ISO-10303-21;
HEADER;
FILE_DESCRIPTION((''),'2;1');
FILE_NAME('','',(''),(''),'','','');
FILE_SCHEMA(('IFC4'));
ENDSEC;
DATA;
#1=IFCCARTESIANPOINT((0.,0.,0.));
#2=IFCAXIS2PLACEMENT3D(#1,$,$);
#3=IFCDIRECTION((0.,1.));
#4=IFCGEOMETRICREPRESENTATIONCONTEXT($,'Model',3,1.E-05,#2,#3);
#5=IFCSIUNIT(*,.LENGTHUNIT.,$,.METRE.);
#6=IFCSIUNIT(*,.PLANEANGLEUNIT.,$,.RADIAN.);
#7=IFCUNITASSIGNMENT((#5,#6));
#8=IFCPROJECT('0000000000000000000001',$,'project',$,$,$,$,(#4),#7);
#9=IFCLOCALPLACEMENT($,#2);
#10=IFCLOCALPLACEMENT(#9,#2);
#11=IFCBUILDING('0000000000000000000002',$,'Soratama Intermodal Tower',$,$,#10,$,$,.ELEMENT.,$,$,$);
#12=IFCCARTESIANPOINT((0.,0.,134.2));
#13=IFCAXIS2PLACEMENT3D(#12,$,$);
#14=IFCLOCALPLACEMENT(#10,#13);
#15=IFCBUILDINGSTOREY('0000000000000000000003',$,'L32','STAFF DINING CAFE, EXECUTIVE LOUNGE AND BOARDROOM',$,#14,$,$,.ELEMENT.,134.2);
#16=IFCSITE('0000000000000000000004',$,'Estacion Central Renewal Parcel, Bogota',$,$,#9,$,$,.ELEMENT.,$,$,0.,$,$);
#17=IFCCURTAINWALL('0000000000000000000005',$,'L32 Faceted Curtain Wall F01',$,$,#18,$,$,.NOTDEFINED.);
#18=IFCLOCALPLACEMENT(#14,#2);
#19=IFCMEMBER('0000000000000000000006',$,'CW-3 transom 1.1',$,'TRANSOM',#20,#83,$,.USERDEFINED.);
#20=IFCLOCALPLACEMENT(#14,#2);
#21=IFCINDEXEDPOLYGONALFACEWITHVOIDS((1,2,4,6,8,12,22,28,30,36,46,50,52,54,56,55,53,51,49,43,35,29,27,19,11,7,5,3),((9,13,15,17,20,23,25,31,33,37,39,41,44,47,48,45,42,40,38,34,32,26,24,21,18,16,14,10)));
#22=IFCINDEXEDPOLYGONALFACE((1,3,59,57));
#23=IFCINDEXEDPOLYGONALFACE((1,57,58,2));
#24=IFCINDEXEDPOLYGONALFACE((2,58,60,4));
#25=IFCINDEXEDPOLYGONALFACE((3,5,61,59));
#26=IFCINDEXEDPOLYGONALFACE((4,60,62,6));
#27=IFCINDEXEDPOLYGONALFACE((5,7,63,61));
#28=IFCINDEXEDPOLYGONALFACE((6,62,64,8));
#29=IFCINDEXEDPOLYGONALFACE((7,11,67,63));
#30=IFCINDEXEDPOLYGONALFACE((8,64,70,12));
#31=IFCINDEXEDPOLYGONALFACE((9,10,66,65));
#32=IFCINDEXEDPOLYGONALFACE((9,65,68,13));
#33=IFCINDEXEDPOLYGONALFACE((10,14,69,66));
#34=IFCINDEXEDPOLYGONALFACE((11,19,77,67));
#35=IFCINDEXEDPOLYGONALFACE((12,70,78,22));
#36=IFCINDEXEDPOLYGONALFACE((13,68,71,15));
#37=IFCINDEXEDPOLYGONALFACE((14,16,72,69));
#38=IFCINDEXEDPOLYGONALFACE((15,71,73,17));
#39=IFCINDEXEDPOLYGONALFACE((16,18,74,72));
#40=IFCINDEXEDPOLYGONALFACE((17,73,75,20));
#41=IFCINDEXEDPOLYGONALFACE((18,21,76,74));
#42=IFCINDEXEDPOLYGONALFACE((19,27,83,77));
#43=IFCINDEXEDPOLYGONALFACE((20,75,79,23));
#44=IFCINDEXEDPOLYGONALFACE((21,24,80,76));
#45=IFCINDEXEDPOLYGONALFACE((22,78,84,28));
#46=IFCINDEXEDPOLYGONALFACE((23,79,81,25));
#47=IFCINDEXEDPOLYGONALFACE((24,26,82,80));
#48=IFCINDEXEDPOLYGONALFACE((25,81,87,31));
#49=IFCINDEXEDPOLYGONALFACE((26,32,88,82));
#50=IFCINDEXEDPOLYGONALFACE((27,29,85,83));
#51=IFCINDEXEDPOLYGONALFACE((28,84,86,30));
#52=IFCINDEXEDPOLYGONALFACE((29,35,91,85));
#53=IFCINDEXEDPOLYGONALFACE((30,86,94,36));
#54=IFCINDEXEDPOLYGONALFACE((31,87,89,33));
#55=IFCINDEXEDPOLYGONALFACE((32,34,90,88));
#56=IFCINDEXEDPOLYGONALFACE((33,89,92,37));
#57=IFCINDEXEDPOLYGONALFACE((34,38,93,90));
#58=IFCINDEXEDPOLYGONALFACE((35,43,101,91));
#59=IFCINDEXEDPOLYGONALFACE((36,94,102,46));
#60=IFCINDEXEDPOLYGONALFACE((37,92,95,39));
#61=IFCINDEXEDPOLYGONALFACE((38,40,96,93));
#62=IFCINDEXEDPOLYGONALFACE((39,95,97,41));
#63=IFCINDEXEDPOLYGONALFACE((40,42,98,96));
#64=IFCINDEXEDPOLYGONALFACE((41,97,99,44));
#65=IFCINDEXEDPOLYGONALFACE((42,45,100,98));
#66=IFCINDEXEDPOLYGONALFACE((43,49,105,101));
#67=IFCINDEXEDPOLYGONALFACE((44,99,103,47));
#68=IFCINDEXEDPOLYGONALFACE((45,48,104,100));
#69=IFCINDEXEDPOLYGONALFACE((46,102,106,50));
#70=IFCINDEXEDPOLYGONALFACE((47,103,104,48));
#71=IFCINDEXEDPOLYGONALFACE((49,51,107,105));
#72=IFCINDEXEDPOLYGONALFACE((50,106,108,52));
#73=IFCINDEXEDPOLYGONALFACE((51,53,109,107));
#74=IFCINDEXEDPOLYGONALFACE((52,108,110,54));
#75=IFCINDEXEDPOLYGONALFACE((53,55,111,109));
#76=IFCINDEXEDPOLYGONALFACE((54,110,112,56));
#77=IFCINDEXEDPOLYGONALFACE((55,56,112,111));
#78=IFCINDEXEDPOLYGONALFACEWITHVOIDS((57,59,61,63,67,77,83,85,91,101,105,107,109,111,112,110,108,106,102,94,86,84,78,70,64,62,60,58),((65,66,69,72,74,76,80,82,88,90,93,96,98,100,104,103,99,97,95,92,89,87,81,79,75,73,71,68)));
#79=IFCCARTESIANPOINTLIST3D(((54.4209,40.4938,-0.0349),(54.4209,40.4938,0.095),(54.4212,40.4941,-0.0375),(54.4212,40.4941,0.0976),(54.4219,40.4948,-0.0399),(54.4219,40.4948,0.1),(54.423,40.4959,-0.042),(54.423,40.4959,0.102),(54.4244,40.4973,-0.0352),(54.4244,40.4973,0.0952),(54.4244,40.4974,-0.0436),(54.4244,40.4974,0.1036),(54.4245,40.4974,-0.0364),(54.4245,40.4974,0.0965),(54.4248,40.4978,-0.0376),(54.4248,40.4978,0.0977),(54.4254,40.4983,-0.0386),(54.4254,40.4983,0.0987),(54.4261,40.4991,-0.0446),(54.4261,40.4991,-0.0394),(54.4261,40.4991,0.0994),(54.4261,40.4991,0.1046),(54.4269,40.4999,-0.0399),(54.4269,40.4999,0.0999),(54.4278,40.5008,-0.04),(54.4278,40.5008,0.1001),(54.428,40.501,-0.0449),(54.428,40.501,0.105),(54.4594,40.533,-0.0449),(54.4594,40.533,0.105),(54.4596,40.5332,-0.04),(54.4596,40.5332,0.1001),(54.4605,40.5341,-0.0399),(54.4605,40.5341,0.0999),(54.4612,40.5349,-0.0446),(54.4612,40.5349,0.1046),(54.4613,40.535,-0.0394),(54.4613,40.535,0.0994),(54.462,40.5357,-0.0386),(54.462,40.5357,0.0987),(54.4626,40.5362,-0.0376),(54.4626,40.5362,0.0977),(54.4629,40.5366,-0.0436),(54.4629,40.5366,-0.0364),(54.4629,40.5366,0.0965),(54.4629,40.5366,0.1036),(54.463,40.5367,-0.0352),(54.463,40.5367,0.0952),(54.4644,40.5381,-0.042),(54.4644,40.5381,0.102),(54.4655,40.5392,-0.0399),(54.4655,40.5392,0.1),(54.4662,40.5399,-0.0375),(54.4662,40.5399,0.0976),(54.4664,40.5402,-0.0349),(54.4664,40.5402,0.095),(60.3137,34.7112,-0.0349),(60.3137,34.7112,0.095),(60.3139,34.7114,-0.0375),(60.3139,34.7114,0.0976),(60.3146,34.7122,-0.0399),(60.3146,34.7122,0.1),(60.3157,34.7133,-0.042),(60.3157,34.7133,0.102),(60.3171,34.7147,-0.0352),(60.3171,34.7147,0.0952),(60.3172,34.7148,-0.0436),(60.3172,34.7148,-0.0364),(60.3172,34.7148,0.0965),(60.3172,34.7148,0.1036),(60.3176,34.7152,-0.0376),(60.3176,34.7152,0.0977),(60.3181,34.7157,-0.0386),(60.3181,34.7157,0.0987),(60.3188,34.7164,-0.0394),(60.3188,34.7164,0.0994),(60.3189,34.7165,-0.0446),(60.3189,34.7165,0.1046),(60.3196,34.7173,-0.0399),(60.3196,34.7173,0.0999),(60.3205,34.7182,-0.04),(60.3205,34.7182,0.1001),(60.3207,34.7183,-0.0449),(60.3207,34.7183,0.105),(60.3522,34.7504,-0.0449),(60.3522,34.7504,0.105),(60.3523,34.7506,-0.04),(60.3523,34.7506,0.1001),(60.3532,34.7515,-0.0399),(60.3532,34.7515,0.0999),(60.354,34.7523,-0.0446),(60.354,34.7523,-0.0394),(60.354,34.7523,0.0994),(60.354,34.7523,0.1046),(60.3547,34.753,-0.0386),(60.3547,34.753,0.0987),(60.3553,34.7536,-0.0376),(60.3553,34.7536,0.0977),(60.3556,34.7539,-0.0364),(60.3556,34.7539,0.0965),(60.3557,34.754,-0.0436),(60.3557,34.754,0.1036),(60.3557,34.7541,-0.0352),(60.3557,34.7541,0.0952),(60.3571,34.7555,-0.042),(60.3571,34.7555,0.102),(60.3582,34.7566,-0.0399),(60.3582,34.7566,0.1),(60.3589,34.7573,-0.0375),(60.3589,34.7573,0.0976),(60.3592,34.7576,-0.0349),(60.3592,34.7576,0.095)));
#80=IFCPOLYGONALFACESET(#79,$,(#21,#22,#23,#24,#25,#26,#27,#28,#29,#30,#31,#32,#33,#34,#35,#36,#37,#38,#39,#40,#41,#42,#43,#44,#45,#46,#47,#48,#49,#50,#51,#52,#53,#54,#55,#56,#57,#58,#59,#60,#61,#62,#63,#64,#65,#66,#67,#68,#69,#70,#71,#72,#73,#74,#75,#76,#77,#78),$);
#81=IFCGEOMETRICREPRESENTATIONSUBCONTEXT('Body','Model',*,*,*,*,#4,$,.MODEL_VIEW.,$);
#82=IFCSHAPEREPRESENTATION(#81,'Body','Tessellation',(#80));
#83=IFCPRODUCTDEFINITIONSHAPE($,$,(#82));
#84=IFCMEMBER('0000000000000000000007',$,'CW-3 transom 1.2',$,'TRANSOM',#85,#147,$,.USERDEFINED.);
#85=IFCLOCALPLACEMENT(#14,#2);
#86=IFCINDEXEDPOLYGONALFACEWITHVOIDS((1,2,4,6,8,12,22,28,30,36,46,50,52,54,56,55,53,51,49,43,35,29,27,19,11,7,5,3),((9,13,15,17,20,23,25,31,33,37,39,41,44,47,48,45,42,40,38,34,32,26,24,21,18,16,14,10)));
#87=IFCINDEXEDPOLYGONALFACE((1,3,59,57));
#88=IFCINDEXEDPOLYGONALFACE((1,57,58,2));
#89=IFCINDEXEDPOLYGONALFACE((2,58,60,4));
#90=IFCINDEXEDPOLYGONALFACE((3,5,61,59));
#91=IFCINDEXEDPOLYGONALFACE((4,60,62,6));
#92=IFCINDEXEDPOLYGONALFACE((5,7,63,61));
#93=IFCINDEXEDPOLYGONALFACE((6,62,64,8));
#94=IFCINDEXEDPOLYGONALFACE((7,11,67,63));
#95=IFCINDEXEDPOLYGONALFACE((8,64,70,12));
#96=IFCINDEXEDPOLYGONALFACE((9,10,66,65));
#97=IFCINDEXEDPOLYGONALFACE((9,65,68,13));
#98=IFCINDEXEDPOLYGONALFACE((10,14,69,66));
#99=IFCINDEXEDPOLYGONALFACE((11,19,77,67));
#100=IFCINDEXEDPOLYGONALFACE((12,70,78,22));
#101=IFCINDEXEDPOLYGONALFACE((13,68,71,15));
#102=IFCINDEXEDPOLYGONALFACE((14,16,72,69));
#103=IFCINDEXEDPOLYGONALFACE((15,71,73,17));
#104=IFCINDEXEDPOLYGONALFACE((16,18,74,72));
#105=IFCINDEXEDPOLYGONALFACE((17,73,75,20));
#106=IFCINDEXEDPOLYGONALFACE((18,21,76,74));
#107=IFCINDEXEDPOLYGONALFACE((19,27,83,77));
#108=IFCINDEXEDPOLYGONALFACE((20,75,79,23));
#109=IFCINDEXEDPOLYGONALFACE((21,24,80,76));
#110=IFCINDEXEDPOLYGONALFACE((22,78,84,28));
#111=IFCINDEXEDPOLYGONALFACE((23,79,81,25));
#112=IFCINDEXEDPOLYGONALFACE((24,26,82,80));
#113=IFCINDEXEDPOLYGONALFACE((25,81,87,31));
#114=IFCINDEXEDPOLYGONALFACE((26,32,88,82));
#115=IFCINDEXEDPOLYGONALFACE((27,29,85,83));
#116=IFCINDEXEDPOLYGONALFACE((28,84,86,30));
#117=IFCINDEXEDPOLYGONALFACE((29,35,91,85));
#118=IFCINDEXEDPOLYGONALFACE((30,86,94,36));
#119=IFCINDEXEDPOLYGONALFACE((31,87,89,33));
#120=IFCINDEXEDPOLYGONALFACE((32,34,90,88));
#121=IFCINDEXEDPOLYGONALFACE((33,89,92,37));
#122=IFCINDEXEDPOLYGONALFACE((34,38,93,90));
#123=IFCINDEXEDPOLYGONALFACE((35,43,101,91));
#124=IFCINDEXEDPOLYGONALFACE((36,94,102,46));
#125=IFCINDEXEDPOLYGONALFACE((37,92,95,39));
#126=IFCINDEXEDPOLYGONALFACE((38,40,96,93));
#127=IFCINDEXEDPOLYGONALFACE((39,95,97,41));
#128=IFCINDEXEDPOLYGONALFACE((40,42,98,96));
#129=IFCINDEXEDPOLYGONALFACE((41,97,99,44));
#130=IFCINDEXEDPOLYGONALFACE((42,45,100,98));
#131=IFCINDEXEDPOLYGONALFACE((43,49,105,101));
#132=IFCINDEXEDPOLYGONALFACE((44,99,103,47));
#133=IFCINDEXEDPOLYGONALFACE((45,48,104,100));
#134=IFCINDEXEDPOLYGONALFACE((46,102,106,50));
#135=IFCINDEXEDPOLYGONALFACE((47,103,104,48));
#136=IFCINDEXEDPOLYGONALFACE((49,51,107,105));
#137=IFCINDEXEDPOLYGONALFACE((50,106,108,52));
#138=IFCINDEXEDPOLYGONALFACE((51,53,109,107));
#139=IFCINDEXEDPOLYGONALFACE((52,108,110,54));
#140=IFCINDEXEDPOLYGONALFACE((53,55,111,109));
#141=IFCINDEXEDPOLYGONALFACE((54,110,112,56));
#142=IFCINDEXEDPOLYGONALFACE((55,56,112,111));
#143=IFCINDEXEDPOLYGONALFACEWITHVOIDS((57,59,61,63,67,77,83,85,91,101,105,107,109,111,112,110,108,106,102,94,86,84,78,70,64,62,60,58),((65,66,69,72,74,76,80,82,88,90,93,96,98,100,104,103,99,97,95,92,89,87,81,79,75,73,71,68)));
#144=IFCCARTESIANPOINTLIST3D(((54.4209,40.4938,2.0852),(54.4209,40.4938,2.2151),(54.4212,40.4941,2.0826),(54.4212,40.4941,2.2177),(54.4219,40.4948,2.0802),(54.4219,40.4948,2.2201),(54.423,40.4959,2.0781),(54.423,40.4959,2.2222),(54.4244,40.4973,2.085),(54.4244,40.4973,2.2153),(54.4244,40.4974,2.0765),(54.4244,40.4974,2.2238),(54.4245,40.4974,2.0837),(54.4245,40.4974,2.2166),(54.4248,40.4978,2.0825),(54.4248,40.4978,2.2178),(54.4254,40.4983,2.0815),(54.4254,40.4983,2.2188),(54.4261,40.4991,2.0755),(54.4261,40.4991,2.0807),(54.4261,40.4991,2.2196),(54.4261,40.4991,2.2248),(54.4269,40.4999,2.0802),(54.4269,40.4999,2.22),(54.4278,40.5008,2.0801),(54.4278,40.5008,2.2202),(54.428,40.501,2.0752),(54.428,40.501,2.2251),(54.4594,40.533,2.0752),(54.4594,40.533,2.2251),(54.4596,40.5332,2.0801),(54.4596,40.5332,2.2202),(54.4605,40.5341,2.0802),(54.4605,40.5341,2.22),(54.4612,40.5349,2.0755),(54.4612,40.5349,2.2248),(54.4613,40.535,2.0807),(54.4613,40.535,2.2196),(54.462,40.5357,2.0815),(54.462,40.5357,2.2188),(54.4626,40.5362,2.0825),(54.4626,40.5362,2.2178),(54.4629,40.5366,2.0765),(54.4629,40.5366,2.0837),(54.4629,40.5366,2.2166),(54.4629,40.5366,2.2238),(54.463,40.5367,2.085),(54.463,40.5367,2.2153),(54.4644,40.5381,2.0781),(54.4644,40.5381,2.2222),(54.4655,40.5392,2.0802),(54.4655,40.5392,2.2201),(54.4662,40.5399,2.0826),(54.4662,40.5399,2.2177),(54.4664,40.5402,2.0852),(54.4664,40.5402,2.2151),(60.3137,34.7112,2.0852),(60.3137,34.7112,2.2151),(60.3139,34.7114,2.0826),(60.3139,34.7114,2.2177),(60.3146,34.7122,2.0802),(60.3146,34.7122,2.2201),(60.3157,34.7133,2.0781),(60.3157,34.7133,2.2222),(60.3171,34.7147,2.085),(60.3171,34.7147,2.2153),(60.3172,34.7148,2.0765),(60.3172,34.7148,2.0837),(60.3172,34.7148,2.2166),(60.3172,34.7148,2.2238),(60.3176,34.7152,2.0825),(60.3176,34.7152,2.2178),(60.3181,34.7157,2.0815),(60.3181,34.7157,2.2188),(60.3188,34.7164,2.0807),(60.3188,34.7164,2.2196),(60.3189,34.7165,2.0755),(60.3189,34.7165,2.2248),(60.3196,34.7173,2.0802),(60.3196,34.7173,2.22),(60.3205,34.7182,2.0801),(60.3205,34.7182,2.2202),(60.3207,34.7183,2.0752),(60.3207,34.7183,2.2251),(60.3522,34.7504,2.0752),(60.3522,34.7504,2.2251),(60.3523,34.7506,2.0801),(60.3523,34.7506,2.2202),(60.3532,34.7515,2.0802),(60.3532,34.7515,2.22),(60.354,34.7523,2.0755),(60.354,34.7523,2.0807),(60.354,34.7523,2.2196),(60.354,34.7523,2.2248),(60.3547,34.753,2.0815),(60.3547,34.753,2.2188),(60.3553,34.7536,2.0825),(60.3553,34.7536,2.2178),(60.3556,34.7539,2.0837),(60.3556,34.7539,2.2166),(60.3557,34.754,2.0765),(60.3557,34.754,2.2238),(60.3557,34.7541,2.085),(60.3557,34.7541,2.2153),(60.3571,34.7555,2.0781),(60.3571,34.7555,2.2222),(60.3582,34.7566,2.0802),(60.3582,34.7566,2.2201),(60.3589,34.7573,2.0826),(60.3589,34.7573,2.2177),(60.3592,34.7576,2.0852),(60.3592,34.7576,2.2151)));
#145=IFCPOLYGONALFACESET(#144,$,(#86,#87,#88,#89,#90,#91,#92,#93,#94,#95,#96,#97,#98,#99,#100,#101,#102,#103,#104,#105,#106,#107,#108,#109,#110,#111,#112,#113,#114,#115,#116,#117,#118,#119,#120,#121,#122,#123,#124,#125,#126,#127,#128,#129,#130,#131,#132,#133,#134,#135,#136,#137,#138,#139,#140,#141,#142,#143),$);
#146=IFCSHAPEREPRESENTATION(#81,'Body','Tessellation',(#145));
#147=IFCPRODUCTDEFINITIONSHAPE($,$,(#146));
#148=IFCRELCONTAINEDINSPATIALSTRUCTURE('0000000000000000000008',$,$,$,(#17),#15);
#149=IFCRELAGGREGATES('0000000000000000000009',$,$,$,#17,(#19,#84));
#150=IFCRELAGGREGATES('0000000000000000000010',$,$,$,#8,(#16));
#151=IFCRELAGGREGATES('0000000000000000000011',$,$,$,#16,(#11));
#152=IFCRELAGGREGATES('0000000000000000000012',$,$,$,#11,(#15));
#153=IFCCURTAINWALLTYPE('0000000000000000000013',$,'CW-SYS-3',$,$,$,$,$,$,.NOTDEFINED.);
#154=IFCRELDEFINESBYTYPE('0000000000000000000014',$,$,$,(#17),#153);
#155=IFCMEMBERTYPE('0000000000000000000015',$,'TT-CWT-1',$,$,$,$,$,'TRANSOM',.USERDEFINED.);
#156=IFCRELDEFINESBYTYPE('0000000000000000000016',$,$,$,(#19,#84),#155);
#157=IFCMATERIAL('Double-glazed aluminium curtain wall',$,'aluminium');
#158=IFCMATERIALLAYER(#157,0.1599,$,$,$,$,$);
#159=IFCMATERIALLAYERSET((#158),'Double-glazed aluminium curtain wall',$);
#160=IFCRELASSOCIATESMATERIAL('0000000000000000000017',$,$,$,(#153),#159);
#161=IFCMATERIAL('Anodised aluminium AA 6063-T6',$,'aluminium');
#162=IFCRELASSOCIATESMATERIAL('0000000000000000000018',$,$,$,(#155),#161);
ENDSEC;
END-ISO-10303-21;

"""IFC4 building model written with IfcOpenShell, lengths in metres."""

from ifc_helpers import new_model, si_unit, direction, frame, origin, origin_2d, place, context, subcontext, project, spatial, hollow_rectangle, extrude, material, layer, layer_set, material_profile, profile_set, type_object, element, aggregate, save


model = new_model("IFC4")

# Units and contexts
model_context = context("Model", 3, precision=1e-05, world=origin(), true_north=direction((0.0, 1.0)))
body_context = subcontext(model_context, "Body", "Model", "MODEL_VIEW")
ifc_project = project(units=[si_unit("LENGTHUNIT", "METRE"), si_unit("PLANEANGLEUNIT", "RADIAN")], contexts=[model_context])

# Site, building, storey
site_placement = place(None, origin())
site = spatial("IfcSite", under=ifc_project, at=site_placement, Name="Estacion Central Renewal Parcel, Bogota", CompositionType="ELEMENT", RefElevation=0.0)
building_placement = place(site_placement, origin())
building = spatial("IfcBuilding", under=site, at=building_placement, Name="Soratama Intermodal Tower", CompositionType="ELEMENT")
storey_placement = place(building_placement, frame((0.0, 0.0, 134.2)))
storey = spatial("IfcBuildingStorey", under=building, at=storey_placement, Name="L32", Description="STAFF DINING CAFE, EXECUTIVE LOUNGE AND BOARDROOM", CompositionType="ELEMENT", Elevation=134.2)

# Curtain wall
ifc_material_1 = material(Name="Double-glazed aluminium curtain wall", Category="aluminium")
ifc_layer_1 = layer(ifc_material_1, 0.1599)
ifc_layer_set_1 = layer_set([ifc_layer_1], Name="Double-glazed aluminium curtain wall")
curtain_wall_type = type_object("IfcCurtainWallType", Name="CW-SYS-3", PredefinedType="NOTDEFINED", material=ifc_layer_set_1)
curtain_wall_1_placement = place(storey_placement, origin())
curtain_wall_1 = element("IfcCurtainWall", 1, at=curtain_wall_1_placement, inside=storey, type_object=curtain_wall_type, Name="L32 Faceted Curtain Wall F01", PredefinedType="NOTDEFINED")

# Members
ifc_material_2 = material(Name="Anodised aluminium AA 6063-T6", Category="aluminium")
ifc_material_profile_1 = material_profile(ifc_material_2, hollow_rectangle(XDim=0.0649, YDim=0.1499, WallThickness=0.0049, InnerFilletRadius=0.0049, OuterFilletRadius=0.01, at=origin_2d()), Name="CWT150X65X5")
ifc_profile_set_1 = profile_set([ifc_material_profile_1], Name="Anodised aluminium AA 6063-T6")
member_type_1 = type_object("IfcMemberType", Name="TT-CWT-1", ElementType="TRANSOM", PredefinedType="USERDEFINED", material=ifc_profile_set_1)
member_1_placement = place(storey_placement, frame((60.3364, 34.7344, 0.03), z_axis=(-0.713743, 0.700407, 0.0), x_axis=(-0.700407, -0.713743, 0.0)))
member_1 = element("IfcMember", 2, at=member_1_placement, type_object=member_type_1, Name="CW-3 transom 1.1", ObjectType="TRANSOM", PredefinedType="USERDEFINED", context=body_context, shape_type="SweptSolid", body=[
    extrude(hollow_rectangle(XDim=0.0649, YDim=0.1499, WallThickness=0.0049, InnerFilletRadius=0.0049, OuterFilletRadius=0.01, at=origin_2d()), origin(), (0.0, 0.0, 1.0), 8.2561),
])
member_2_placement = place(storey_placement, frame((60.3364, 34.7344, 2.1501), z_axis=(-0.713743, 0.700407, 0.0), x_axis=(-0.700407, -0.713743, 0.0)))
member_2 = element("IfcMember", 3, at=member_2_placement, type_object=member_type_1, Name="CW-3 transom 1.2", ObjectType="TRANSOM", PredefinedType="USERDEFINED", context=body_context, shape_type="SweptSolid", body=[
    extrude(hollow_rectangle(XDim=0.0649, YDim=0.1499, WallThickness=0.0049, InnerFilletRadius=0.0049, OuterFilletRadius=0.01, at=origin_2d()), origin(), (0.0, 0.0, 1.0), 8.2561),
])

aggregate(curtain_wall_1, [member_1, member_2])

save(model, "model.ifc")
